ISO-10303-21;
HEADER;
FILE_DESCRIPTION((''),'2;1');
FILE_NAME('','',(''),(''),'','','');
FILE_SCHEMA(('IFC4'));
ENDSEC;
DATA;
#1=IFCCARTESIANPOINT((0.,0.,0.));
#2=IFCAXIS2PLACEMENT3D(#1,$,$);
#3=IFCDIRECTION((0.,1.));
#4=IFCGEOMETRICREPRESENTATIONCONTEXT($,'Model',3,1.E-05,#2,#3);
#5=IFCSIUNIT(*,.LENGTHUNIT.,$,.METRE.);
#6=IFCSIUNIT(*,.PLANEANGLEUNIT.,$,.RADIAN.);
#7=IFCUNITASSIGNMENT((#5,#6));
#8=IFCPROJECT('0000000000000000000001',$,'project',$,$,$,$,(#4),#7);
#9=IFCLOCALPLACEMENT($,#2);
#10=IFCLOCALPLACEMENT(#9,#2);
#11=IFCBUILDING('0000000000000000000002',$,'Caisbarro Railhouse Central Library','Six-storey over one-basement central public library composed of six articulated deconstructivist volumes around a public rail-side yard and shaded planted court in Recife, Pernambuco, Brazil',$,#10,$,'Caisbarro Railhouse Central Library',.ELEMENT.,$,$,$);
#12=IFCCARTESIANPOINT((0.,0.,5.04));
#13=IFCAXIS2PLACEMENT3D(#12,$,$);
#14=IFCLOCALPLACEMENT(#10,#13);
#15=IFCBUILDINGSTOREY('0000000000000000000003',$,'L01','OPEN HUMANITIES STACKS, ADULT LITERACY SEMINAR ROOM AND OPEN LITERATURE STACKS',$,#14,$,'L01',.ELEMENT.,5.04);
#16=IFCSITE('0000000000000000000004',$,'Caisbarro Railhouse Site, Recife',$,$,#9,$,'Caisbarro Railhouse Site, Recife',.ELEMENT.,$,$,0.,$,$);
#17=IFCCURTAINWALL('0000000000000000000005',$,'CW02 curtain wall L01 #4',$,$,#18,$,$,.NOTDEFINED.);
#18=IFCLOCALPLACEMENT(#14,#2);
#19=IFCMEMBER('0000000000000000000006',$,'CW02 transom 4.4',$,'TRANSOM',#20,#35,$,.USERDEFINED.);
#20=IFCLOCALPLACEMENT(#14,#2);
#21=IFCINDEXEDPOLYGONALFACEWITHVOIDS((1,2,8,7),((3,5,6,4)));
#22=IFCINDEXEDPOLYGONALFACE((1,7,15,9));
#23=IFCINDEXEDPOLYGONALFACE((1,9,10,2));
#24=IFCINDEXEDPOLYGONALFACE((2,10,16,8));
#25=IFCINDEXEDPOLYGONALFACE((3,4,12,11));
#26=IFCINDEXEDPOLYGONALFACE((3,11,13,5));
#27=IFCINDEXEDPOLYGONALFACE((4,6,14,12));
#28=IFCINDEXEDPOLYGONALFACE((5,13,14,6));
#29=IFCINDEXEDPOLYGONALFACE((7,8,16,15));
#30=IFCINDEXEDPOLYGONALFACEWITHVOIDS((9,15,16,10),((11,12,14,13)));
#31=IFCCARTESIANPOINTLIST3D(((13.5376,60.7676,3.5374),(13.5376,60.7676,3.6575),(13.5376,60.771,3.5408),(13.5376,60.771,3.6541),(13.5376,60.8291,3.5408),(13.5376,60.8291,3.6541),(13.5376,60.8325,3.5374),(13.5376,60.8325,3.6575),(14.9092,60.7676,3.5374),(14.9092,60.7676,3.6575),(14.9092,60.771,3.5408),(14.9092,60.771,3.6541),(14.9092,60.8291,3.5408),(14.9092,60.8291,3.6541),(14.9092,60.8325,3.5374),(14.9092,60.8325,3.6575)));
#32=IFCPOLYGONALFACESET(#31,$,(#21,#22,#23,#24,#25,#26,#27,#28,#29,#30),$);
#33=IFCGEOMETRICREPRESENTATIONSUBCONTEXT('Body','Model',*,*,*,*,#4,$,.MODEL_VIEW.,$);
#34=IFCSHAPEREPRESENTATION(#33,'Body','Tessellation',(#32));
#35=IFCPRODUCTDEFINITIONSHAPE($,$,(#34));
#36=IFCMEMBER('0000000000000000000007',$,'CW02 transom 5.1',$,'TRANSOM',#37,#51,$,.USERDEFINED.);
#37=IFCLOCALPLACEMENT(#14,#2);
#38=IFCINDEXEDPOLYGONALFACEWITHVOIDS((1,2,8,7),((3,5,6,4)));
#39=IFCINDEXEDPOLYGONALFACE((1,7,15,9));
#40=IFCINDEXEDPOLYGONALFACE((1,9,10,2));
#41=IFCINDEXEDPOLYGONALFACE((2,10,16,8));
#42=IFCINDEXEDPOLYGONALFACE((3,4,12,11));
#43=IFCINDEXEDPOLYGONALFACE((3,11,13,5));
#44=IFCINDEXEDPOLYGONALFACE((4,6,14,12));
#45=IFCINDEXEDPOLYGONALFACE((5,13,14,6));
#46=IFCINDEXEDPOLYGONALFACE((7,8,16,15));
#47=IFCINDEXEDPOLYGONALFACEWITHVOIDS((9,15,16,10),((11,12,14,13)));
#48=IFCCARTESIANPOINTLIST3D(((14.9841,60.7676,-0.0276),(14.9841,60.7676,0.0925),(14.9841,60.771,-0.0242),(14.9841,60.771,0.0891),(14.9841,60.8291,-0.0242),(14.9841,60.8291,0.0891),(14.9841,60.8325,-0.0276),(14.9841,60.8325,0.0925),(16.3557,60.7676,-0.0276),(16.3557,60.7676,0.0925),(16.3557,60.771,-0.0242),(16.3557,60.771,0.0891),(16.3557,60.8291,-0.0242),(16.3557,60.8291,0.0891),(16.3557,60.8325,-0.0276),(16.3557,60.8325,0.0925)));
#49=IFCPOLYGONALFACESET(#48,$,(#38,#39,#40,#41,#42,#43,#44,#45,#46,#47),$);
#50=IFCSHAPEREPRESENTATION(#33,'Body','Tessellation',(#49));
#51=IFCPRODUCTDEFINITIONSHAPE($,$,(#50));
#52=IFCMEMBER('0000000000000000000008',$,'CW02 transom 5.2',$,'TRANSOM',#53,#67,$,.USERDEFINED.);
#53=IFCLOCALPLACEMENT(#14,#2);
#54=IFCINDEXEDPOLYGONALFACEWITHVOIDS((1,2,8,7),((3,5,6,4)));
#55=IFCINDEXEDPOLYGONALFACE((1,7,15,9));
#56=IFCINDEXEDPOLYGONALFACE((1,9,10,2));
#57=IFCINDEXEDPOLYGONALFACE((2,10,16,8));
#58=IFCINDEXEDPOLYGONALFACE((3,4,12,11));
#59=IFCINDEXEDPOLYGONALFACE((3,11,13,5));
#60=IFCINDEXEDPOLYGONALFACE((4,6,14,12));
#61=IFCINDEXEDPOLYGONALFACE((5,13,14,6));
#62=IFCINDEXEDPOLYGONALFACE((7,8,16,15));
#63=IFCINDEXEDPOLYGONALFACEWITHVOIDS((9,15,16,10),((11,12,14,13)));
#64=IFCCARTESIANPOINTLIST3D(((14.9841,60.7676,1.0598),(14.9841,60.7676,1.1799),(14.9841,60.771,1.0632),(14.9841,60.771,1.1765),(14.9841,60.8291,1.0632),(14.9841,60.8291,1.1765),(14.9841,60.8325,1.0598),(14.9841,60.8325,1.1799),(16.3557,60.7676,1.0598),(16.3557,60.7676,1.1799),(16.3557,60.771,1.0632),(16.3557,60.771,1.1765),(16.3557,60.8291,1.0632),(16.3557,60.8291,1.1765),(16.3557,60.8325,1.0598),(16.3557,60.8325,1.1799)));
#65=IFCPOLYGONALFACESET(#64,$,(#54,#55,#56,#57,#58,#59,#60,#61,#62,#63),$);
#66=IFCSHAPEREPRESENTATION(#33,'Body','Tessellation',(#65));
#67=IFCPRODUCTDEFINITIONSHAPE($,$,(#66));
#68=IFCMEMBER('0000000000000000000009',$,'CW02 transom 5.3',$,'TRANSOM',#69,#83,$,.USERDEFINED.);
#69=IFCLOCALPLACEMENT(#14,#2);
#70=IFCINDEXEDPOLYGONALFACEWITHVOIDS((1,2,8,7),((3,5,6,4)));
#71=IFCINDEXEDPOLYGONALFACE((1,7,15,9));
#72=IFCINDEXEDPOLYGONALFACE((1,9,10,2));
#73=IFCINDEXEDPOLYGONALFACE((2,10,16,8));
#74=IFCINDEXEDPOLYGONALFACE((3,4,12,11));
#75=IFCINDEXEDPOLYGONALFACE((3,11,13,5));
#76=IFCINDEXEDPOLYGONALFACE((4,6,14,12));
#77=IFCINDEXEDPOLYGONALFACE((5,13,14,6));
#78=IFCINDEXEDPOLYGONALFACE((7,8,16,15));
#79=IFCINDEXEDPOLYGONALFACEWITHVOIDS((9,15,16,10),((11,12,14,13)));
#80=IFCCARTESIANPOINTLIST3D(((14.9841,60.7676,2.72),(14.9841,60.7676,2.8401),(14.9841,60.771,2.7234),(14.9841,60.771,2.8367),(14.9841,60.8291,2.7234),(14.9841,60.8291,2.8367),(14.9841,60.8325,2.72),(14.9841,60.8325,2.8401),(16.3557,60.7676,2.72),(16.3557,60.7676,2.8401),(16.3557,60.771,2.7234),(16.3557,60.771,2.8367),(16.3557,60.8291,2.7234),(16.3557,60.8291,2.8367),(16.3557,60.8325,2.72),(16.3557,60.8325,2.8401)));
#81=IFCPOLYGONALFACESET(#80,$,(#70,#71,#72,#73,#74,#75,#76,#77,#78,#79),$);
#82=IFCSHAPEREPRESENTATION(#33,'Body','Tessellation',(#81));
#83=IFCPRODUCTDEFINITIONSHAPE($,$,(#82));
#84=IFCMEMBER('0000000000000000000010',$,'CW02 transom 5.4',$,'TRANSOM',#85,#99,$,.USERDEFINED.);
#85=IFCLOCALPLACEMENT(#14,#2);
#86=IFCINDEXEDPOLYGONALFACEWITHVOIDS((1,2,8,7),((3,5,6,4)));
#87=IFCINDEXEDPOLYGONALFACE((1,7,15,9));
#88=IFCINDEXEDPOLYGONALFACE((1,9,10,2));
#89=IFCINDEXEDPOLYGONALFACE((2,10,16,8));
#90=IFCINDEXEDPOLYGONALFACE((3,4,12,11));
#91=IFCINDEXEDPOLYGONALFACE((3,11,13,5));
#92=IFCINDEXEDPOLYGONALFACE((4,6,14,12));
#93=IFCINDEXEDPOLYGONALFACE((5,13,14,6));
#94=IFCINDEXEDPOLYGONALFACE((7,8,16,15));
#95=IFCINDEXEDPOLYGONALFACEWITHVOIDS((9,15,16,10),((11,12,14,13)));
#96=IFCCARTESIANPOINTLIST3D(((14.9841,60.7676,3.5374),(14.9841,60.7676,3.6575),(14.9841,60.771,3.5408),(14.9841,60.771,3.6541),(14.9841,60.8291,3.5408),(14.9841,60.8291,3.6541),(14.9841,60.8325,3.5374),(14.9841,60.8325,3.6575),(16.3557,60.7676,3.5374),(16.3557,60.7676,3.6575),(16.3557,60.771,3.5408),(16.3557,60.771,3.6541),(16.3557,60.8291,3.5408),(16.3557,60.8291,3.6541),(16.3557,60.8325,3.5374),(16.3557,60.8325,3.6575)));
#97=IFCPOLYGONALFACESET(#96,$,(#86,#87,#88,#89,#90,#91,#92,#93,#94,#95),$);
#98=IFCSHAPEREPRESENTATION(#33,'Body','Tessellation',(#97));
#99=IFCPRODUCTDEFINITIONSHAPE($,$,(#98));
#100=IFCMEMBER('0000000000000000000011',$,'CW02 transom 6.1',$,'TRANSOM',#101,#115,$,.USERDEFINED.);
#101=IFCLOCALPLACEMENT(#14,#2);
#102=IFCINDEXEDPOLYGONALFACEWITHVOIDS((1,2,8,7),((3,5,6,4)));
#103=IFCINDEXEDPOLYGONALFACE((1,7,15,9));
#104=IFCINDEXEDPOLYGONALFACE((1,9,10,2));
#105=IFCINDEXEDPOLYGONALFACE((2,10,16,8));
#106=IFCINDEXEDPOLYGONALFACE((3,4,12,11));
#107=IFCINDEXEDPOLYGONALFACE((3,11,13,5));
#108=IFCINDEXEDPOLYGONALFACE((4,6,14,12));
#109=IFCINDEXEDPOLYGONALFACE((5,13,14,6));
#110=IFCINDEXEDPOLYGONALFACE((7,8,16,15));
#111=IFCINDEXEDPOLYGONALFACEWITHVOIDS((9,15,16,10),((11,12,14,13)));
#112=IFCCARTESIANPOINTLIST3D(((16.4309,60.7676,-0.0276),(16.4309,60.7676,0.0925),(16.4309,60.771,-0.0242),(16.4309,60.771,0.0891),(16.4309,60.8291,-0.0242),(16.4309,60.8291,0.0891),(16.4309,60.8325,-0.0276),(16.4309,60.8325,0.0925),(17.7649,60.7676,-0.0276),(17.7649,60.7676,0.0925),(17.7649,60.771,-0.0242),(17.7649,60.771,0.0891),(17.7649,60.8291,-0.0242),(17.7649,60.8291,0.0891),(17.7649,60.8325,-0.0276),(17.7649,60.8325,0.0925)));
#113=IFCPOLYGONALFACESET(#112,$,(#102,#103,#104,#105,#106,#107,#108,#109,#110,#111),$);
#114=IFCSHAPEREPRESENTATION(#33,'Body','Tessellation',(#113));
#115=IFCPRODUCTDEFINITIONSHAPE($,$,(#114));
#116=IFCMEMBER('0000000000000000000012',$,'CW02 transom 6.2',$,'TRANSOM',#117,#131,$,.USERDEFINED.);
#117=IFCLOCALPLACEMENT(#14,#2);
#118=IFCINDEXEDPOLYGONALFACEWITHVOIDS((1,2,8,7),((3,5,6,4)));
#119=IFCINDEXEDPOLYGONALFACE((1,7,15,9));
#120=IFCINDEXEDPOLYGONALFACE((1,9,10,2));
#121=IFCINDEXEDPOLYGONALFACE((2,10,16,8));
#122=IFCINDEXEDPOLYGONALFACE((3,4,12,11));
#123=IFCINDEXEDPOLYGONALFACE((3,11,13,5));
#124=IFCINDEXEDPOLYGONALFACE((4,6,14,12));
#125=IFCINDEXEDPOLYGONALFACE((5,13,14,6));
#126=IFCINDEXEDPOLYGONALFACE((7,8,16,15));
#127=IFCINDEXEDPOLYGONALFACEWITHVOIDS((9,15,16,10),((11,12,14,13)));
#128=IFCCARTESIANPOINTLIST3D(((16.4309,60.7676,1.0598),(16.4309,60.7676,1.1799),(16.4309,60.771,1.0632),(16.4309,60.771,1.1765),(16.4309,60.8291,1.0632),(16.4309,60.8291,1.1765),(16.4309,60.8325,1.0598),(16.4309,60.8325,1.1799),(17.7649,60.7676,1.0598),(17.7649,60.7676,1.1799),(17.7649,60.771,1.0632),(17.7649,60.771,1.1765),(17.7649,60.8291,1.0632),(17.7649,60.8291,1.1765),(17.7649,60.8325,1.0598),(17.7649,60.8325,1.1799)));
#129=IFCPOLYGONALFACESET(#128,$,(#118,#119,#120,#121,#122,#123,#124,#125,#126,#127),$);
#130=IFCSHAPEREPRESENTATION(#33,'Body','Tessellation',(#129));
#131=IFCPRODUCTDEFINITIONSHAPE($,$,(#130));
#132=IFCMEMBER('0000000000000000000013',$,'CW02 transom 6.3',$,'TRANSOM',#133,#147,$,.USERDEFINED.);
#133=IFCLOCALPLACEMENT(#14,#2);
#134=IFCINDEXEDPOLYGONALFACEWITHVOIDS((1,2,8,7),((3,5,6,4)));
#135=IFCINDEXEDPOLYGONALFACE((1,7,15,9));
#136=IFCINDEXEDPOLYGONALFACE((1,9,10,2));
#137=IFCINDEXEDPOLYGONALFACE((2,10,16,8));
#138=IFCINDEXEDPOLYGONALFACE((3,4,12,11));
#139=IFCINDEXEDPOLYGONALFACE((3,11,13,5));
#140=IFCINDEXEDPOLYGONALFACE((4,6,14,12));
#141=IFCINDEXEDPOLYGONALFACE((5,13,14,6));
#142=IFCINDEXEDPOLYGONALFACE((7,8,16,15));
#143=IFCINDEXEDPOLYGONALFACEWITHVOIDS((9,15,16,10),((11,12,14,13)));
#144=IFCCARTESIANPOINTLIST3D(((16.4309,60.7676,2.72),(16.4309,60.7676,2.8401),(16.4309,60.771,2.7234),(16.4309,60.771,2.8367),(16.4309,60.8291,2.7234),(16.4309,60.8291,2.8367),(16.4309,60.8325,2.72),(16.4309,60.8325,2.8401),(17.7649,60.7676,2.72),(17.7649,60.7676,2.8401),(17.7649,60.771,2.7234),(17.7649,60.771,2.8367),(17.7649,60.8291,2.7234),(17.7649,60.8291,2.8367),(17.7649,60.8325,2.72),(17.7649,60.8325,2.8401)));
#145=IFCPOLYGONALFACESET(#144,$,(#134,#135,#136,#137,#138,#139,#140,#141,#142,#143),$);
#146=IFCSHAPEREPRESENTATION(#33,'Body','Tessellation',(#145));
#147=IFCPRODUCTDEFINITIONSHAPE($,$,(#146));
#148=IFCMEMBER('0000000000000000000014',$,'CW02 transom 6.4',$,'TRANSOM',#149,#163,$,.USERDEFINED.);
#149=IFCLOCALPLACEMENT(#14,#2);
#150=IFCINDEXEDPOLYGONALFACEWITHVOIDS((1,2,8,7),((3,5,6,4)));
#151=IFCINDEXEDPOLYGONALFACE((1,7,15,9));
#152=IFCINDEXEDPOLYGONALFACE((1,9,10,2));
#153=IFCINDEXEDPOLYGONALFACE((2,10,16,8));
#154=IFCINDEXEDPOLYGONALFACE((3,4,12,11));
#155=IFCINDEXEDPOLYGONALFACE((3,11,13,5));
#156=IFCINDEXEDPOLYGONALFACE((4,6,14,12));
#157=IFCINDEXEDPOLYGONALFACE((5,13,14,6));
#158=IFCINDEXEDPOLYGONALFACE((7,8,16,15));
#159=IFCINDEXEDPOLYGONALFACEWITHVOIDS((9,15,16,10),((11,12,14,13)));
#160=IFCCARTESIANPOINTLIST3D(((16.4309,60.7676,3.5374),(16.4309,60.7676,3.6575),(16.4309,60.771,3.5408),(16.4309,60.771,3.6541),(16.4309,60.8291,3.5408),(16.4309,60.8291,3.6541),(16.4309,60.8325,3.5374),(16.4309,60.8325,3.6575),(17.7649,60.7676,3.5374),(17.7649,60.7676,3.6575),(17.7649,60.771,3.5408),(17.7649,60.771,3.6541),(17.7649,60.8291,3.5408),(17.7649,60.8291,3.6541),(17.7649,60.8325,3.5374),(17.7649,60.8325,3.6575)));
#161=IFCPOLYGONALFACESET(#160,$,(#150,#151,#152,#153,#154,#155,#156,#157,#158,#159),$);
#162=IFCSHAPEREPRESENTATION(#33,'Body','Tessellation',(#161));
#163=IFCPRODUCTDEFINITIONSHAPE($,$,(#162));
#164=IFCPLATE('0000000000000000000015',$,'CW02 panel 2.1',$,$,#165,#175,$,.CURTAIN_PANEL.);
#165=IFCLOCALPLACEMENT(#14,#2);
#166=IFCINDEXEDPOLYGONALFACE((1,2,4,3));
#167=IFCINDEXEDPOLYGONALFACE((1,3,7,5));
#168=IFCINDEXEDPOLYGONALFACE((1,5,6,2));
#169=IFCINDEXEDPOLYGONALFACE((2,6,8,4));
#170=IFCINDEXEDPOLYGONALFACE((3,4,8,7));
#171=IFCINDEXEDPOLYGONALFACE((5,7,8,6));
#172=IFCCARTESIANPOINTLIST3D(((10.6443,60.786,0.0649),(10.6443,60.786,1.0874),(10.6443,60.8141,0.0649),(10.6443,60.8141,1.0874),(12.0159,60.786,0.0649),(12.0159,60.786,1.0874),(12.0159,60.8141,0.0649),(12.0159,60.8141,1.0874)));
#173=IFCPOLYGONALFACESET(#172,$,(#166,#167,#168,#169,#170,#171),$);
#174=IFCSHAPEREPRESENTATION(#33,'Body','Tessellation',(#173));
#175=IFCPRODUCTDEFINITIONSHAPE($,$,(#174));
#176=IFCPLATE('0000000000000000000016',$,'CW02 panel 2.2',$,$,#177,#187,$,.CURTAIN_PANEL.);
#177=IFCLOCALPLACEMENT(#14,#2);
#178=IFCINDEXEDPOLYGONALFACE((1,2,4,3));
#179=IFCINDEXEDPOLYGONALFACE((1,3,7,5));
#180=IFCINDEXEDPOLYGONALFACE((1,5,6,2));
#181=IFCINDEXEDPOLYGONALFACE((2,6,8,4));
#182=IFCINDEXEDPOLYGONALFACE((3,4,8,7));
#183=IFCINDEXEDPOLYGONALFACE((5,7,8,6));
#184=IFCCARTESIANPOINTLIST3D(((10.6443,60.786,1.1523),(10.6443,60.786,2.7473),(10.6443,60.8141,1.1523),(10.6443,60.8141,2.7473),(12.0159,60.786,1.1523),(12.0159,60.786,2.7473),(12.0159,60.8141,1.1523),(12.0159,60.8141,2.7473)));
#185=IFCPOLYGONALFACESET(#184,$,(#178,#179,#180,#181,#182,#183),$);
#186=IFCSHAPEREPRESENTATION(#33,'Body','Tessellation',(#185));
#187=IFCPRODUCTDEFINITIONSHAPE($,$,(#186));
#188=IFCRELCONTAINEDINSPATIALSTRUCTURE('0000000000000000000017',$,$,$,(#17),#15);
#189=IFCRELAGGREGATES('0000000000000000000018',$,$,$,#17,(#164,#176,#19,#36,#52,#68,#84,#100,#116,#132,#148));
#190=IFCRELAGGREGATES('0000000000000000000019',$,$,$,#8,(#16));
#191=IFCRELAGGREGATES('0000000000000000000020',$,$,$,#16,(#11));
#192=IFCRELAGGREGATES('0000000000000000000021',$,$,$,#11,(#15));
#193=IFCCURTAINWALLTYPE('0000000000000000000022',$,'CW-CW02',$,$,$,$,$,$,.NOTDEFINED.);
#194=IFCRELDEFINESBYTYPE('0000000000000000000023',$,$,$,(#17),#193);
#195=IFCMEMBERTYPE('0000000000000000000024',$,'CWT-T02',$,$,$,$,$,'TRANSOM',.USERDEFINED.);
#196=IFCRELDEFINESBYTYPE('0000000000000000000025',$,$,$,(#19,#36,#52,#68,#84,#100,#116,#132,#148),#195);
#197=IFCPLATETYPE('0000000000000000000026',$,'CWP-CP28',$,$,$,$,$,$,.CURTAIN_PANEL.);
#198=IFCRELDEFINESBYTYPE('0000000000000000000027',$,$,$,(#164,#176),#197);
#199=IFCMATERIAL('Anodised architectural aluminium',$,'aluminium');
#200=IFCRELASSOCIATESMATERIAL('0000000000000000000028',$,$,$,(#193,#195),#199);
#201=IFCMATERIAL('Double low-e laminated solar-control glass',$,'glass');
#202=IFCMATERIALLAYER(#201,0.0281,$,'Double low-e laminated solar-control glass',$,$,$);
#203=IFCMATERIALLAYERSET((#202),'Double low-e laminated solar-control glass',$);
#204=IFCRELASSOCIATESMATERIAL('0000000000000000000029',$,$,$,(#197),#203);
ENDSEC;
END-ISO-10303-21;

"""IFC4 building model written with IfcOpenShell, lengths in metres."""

from ifc_helpers import new_model, si_unit, direction, frame, origin, origin_2d, place, context, subcontext, project, spatial, rectangle, hollow_rectangle, extrude, material, layer, layer_set, material_profile, profile_set, type_object, element, aggregate, save


model = new_model("IFC4")

# Units and contexts
model_context = context("Model", 3, precision=1e-05, world=origin(), true_north=direction((0.0, 1.0)))
body_context = subcontext(model_context, "Body", "Model", "MODEL_VIEW")
ifc_project = project(units=[si_unit("LENGTHUNIT", "METRE"), si_unit("PLANEANGLEUNIT", "RADIAN")], contexts=[model_context])

# Site, building, storey
site_placement = place(None, origin())
site = spatial("IfcSite", under=ifc_project, at=site_placement, Name="Caisbarro Railhouse Site, Recife", LongName="Caisbarro Railhouse Site, Recife", CompositionType="ELEMENT", RefElevation=0.0)
building_placement = place(site_placement, origin())
building = spatial("IfcBuilding", under=site, at=building_placement, Name="Caisbarro Railhouse Central Library", Description="Six-storey over one-basement central public library composed of six articulated deconstructivist volumes around a public rail-side yard and shaded planted court in Recife, Pernambuco, Brazil", LongName="Caisbarro Railhouse Central Library", CompositionType="ELEMENT")
storey_placement = place(building_placement, frame((0.0, 0.0, 5.04)))
storey = spatial("IfcBuildingStorey", under=building, at=storey_placement, Name="L01", Description="OPEN HUMANITIES STACKS, ADULT LITERACY SEMINAR ROOM AND OPEN LITERATURE STACKS", LongName="L01", CompositionType="ELEMENT", Elevation=5.04)

# Curtain wall, members, plates
ifc_material_1 = material(Name="Anodised architectural aluminium", Category="aluminium")
curtain_wall_type = type_object("IfcCurtainWallType", Name="CW-CW02", PredefinedType="NOTDEFINED", material=ifc_material_1)
curtain_wall_placement = place(storey_placement, origin())
curtain_wall = element("IfcCurtainWall", 1, at=curtain_wall_placement, inside=storey, type_object=curtain_wall_type, Name="CW02 curtain wall L01 #4", PredefinedType="NOTDEFINED")
ifc_material_profile_1 = material_profile(ifc_material_1, hollow_rectangle(XDim=0.0649, YDim=0.1201, WallThickness=0.0034, at=origin_2d()), Name="ALU-TRN-65X120")
ifc_profile_set_1 = profile_set([ifc_material_profile_1], Name="Anodised architectural aluminium")
member_type_1 = type_object("IfcMemberType", Name="CWT-T02", ElementType="TRANSOM", PredefinedType="USERDEFINED", material=ifc_profile_set_1)
member_1_placement = place(storey_placement, frame((13.5376, 60.8, 3.5974), z_axis=(1.0, 0.0, 0.0), x_axis=(0.0, 1.0, 0.0)))
member_1 = element("IfcMember", 2, at=member_1_placement, type_object=member_type_1, Name="CW02 transom 4.4", ObjectType="TRANSOM", PredefinedType="USERDEFINED", context=body_context, shape_type="SweptSolid", body=[
    extrude(hollow_rectangle(XDim=0.0649, YDim=0.1201, WallThickness=0.0034, at=origin_2d()), origin(), (0.0, 0.0, 1.0), 1.3716),
])
member_2_placement = place(storey_placement, frame((14.9841, 60.8, 0.0325), z_axis=(1.0, 0.0, 0.0), x_axis=(0.0, 1.0, 0.0)))
member_2 = element("IfcMember", 3, at=member_2_placement, type_object=member_type_1, Name="CW02 transom 5.1", ObjectType="TRANSOM", PredefinedType="USERDEFINED", context=body_context, shape_type="SweptSolid", body=[
    extrude(hollow_rectangle(XDim=0.0649, YDim=0.1201, WallThickness=0.0034, at=origin_2d()), origin(), (0.0, 0.0, 1.0), 1.3716),
])
member_3_placement = place(storey_placement, frame((14.9841, 60.8, 1.1199), z_axis=(1.0, 0.0, 0.0), x_axis=(0.0, 1.0, 0.0)))
member_3 = element("IfcMember", 4, at=member_3_placement, type_object=member_type_1, Name="CW02 transom 5.2", ObjectType="TRANSOM", PredefinedType="USERDEFINED", context=body_context, shape_type="SweptSolid", body=[
    extrude(hollow_rectangle(XDim=0.0649, YDim=0.1201, WallThickness=0.0034, at=origin_2d()), origin(), (0.0, 0.0, 1.0), 1.3716),
])
member_4_placement = place(storey_placement, frame((14.9841, 60.8, 2.78), z_axis=(1.0, 0.0, 0.0), x_axis=(0.0, 1.0, 0.0)))
member_4 = element("IfcMember", 5, at=member_4_placement, type_object=member_type_1, Name="CW02 transom 5.3", ObjectType="TRANSOM", PredefinedType="USERDEFINED", context=body_context, shape_type="SweptSolid", body=[
    extrude(hollow_rectangle(XDim=0.0649, YDim=0.1201, WallThickness=0.0034, at=origin_2d()), origin(), (0.0, 0.0, 1.0), 1.3716),
])
member_5_placement = place(storey_placement, frame((14.9841, 60.8, 3.5974), z_axis=(1.0, 0.0, 0.0), x_axis=(0.0, 1.0, 0.0)))
member_5 = element("IfcMember", 6, at=member_5_placement, type_object=member_type_1, Name="CW02 transom 5.4", ObjectType="TRANSOM", PredefinedType="USERDEFINED", context=body_context, shape_type="SweptSolid", body=[
    extrude(hollow_rectangle(XDim=0.0649, YDim=0.1201, WallThickness=0.0034, at=origin_2d()), origin(), (0.0, 0.0, 1.0), 1.3716),
])
member_6_placement = place(storey_placement, frame((16.4309, 60.8, 0.0325), z_axis=(1.0, 0.0, 0.0), x_axis=(0.0, 1.0, 0.0)))
member_6 = element("IfcMember", 7, at=member_6_placement, type_object=member_type_1, Name="CW02 transom 6.1", ObjectType="TRANSOM", PredefinedType="USERDEFINED", context=body_context, shape_type="SweptSolid", body=[
    extrude(hollow_rectangle(XDim=0.0649, YDim=0.1201, WallThickness=0.0034, at=origin_2d()), origin(), (0.0, 0.0, 1.0), 1.334),
])
member_7_placement = place(storey_placement, frame((16.4309, 60.8, 1.1199), z_axis=(1.0, 0.0, 0.0), x_axis=(0.0, 1.0, 0.0)))
member_7 = element("IfcMember", 8, at=member_7_placement, type_object=member_type_1, Name="CW02 transom 6.2", ObjectType="TRANSOM", PredefinedType="USERDEFINED", context=body_context, shape_type="SweptSolid", body=[
    extrude(hollow_rectangle(XDim=0.0649, YDim=0.1201, WallThickness=0.0034, at=origin_2d()), origin(), (0.0, 0.0, 1.0), 1.334),
])
member_8_placement = place(storey_placement, frame((16.4309, 60.8, 2.78), z_axis=(1.0, 0.0, 0.0), x_axis=(0.0, 1.0, 0.0)))
member_8 = element("IfcMember", 9, at=member_8_placement, type_object=member_type_1, Name="CW02 transom 6.3", ObjectType="TRANSOM", PredefinedType="USERDEFINED", context=body_context, shape_type="SweptSolid", body=[
    extrude(hollow_rectangle(XDim=0.0649, YDim=0.1201, WallThickness=0.0034, at=origin_2d()), origin(), (0.0, 0.0, 1.0), 1.334),
])
member_9_placement = place(storey_placement, frame((16.4309, 60.8, 3.5974), z_axis=(1.0, 0.0, 0.0), x_axis=(0.0, 1.0, 0.0)))
member_9 = element("IfcMember", 10, at=member_9_placement, type_object=member_type_1, Name="CW02 transom 6.4", ObjectType="TRANSOM", PredefinedType="USERDEFINED", context=body_context, shape_type="SweptSolid", body=[
    extrude(hollow_rectangle(XDim=0.0649, YDim=0.1201, WallThickness=0.0034, at=origin_2d()), origin(), (0.0, 0.0, 1.0), 1.334),
])
ifc_material_2 = material(Name="Double low-e laminated solar-control glass", Category="glass")
ifc_layer_1 = layer(ifc_material_2, 0.0281, Name="Double low-e laminated solar-control glass")
ifc_layer_set_1 = layer_set([ifc_layer_1], Name="Double low-e laminated solar-control glass")
plate_type = type_object("IfcPlateType", Name="CWP-CP28", PredefinedType="CURTAIN_PANEL", material=ifc_layer_set_1)
plate_1_placement = place(storey_placement, frame((11.3301, 60.8, 0.0649), z_axis=(0.0, 0.0, 1.0), x_axis=(1.0, 0.0, 0.0)))
plate_1 = element("IfcPlate", 11, at=plate_1_placement, type_object=plate_type, Name="CW02 panel 2.1", PredefinedType="CURTAIN_PANEL", context=body_context, shape_type="SweptSolid", body=[
    extrude(rectangle(XDim=1.3716, YDim=0.0281, at=origin_2d()), origin(), (0.0, 0.0, 1.0), 1.0225),
])
plate_2_placement = place(storey_placement, frame((11.3301, 60.8, 1.1523), z_axis=(0.0, 0.0, 1.0), x_axis=(1.0, 0.0, 0.0)))
plate_2 = element("IfcPlate", 12, at=plate_2_placement, type_object=plate_type, Name="CW02 panel 2.2", PredefinedType="CURTAIN_PANEL", context=body_context, shape_type="SweptSolid", body=[
    extrude(rectangle(XDim=1.3716, YDim=0.0281, at=origin_2d()), origin(), (0.0, 0.0, 1.0), 1.595),
])
aggregate(curtain_wall, [plate_1, plate_2, member_1, member_2, member_3, member_4, member_5, member_6, member_7, member_8, member_9])

save(model, "model.ifc")
